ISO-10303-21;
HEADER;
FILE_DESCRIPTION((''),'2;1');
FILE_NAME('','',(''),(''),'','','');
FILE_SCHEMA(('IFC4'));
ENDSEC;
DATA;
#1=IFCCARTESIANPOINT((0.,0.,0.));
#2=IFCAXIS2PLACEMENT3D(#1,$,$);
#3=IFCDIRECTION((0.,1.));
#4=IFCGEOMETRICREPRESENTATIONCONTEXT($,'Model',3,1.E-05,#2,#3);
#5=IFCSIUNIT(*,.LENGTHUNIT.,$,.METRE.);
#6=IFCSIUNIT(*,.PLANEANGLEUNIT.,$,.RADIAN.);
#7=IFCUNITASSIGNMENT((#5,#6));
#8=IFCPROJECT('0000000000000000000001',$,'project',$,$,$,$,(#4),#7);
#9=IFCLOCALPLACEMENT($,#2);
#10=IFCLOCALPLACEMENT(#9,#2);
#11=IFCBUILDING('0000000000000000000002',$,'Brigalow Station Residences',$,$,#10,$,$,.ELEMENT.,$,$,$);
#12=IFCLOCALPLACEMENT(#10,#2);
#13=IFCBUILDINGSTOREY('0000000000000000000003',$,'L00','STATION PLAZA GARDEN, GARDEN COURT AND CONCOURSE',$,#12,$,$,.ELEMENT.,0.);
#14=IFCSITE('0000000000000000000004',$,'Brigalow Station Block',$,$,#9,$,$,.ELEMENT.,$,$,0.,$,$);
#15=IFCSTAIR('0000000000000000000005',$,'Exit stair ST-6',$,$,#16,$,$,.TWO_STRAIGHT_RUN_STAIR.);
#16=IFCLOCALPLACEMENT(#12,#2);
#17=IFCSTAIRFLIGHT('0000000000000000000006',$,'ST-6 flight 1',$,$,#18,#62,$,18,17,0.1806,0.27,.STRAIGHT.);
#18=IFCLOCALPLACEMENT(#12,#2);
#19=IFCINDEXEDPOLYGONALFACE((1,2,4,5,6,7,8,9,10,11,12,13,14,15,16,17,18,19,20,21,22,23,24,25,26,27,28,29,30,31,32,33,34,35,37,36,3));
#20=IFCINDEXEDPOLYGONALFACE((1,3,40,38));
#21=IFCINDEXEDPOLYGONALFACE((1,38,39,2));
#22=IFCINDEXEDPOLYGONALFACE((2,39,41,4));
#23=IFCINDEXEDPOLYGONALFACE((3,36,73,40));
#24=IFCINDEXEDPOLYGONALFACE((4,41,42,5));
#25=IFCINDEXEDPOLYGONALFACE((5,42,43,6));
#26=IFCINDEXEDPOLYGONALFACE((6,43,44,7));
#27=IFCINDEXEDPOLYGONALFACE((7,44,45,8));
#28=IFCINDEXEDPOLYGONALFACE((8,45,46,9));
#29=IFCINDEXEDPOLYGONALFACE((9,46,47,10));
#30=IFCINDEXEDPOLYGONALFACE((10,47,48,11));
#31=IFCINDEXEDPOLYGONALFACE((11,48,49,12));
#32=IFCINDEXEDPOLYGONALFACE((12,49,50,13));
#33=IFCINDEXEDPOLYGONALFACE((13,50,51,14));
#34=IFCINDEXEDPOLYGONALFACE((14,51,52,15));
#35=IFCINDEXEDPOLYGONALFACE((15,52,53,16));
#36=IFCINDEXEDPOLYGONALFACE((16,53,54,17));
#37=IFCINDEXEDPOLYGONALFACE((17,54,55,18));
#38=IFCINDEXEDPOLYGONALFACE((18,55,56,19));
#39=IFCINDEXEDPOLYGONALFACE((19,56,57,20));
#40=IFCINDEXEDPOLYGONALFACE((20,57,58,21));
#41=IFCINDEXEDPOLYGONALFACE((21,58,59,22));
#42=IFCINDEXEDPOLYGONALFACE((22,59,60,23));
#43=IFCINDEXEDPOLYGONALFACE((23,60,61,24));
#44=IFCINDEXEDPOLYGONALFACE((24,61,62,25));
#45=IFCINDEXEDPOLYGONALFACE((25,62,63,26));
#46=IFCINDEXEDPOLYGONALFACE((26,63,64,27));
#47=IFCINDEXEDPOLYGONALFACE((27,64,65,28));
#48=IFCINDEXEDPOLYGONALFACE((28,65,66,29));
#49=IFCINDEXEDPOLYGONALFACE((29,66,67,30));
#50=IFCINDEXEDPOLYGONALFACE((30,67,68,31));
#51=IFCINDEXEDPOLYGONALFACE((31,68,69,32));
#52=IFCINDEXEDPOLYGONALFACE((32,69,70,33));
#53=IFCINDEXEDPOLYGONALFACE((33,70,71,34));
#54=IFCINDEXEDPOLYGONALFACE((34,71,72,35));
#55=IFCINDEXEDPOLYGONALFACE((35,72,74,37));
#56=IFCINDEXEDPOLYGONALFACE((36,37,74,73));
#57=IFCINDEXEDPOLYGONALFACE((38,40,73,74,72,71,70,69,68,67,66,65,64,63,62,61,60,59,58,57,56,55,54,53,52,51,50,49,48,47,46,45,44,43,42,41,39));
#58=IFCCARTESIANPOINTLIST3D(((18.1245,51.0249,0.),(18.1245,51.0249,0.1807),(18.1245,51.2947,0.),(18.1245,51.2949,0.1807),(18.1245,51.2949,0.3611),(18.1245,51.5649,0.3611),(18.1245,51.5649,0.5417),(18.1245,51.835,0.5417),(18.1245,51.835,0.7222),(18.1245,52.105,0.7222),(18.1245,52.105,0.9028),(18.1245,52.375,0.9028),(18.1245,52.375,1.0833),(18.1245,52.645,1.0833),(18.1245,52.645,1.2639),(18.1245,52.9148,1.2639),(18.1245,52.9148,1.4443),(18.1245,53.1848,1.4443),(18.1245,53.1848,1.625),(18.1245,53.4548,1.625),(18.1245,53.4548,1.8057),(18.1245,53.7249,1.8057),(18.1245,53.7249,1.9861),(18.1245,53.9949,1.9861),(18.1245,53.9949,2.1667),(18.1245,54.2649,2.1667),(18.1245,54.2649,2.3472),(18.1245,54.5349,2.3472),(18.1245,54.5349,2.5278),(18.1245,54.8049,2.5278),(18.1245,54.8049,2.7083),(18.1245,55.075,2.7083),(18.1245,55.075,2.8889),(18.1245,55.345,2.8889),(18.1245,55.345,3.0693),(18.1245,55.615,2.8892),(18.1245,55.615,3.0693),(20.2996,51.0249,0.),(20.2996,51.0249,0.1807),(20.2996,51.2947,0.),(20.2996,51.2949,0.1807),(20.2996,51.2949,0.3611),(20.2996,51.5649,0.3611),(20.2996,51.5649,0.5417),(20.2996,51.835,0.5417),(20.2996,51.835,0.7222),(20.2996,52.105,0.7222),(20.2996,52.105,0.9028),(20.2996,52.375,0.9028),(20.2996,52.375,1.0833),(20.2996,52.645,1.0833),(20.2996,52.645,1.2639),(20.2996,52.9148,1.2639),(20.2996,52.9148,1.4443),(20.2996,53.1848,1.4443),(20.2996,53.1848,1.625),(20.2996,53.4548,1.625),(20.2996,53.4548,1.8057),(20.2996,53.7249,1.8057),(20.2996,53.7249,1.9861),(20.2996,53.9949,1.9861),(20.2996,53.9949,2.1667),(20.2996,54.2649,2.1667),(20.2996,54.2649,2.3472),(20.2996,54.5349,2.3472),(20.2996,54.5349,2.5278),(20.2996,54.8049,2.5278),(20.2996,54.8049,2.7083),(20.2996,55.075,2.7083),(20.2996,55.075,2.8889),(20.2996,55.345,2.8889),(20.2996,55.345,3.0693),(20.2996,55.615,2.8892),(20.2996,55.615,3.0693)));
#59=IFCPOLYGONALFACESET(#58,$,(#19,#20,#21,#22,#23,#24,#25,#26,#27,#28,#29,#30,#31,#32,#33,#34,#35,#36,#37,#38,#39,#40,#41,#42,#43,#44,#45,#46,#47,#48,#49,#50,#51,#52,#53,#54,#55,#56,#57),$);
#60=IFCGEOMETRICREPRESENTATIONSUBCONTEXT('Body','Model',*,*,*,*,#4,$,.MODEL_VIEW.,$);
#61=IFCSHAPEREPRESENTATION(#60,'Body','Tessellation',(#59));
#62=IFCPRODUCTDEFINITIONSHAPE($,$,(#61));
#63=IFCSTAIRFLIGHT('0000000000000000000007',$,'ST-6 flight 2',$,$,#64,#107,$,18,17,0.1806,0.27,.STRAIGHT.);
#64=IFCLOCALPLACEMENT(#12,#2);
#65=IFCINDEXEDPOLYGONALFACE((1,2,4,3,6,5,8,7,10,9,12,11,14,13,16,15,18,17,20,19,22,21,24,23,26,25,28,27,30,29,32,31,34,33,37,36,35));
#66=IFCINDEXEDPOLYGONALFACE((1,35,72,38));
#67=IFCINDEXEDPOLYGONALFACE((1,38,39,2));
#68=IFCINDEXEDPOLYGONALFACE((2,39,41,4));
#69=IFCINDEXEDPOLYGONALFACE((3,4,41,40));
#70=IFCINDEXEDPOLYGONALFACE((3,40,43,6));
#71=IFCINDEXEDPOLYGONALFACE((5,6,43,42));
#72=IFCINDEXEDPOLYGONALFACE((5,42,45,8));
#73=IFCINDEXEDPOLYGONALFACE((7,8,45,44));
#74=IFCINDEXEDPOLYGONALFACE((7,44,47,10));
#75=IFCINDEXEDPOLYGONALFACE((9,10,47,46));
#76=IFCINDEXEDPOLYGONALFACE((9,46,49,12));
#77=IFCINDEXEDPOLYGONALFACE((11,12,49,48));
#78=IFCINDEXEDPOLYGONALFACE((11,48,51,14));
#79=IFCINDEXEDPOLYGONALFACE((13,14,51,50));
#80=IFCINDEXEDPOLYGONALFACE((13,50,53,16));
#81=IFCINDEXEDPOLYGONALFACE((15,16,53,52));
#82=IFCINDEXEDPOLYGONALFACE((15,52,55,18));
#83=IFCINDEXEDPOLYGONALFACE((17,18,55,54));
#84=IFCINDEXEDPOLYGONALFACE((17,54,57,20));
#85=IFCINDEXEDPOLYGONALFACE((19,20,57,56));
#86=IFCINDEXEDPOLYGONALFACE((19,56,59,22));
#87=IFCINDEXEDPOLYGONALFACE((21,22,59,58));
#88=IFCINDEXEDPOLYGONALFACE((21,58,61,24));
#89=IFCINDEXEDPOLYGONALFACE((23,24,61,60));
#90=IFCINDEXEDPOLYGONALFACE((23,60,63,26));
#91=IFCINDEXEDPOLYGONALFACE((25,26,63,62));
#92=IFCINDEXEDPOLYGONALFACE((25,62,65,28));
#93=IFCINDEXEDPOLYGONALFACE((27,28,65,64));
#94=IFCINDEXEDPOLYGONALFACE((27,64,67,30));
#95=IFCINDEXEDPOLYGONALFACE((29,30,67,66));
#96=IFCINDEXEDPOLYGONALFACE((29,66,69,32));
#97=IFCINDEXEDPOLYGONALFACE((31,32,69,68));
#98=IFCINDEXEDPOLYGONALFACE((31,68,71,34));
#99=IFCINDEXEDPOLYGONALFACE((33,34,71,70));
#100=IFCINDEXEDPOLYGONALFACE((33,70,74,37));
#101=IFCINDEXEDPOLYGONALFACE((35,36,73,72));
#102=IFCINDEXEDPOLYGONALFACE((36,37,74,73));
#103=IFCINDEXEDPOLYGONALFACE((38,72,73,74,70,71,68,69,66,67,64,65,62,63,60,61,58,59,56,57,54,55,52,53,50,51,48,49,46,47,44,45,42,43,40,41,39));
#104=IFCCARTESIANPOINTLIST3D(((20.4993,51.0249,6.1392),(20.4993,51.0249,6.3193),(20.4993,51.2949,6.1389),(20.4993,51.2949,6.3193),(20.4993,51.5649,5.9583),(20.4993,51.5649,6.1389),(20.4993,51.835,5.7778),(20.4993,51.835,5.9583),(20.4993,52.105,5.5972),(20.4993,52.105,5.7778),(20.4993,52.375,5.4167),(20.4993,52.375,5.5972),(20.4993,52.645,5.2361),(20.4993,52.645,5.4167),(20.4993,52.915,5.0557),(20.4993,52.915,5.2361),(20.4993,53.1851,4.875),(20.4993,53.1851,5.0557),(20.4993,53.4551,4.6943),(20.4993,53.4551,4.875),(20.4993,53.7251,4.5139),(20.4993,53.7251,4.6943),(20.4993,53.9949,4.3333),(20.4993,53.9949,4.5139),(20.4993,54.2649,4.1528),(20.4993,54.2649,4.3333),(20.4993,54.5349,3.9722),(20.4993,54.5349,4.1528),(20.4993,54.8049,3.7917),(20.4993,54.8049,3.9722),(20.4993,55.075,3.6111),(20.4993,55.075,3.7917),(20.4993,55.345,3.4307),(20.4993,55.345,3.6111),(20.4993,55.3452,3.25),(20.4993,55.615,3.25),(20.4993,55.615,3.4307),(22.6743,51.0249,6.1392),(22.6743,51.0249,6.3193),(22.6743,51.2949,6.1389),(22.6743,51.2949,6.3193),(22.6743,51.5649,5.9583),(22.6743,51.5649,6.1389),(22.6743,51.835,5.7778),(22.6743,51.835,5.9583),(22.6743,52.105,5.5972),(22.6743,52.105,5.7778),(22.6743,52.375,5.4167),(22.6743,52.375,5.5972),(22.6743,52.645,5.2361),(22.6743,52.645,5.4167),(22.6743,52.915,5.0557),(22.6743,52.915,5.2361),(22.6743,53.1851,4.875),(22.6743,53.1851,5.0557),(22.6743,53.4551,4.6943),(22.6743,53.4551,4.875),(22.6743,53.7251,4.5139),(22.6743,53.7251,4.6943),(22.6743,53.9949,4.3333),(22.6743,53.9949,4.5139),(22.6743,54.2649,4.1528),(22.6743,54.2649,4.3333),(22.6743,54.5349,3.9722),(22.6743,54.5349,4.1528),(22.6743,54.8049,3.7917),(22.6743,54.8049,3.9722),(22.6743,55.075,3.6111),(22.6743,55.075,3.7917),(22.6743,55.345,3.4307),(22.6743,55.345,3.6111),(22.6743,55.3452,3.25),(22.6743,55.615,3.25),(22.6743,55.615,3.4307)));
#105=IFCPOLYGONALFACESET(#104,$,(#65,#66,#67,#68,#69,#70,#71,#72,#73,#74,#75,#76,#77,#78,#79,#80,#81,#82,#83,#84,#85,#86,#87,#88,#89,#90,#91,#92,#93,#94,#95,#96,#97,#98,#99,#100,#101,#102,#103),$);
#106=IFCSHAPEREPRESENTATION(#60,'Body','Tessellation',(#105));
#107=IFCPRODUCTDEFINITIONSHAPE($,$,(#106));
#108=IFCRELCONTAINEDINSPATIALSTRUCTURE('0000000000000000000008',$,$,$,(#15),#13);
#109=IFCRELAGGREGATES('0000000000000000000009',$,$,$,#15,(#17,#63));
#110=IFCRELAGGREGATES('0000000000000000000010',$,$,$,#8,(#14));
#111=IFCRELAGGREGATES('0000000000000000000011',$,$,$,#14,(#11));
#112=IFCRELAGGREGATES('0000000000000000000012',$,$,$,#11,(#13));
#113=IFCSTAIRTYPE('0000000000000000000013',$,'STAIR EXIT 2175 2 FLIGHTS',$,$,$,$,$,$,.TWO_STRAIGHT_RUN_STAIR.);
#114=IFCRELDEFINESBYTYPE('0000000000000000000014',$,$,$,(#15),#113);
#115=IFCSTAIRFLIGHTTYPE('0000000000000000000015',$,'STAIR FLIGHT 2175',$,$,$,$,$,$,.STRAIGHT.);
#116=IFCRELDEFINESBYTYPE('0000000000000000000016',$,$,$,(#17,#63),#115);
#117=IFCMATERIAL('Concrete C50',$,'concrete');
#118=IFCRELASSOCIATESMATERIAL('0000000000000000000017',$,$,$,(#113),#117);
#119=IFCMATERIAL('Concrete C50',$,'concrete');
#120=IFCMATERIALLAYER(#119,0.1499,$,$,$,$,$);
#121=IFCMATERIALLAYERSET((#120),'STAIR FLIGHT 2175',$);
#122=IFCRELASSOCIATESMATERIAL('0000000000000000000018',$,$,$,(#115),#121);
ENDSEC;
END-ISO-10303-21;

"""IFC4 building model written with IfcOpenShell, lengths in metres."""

from ifc_helpers import new_model, si_unit, direction, frame, origin, place, context, subcontext, project, spatial, polyline, outline, extrude, material, layer, layer_set, type_object, element, aggregate, save


model = new_model("IFC4")

# Units and contexts
model_context = context("Model", 3, precision=1e-05, world=origin(), true_north=direction((0.0, 1.0)))
body_context = subcontext(model_context, "Body", "Model", "MODEL_VIEW")
ifc_project = project(units=[si_unit("LENGTHUNIT", "METRE"), si_unit("PLANEANGLEUNIT", "RADIAN")], contexts=[model_context])

# Site, building, storey
site_placement = place(None, origin())
site = spatial("IfcSite", under=ifc_project, at=site_placement, Name="Brigalow Station Block", CompositionType="ELEMENT", RefElevation=0.0)
building_placement = place(site_placement, origin())
building = spatial("IfcBuilding", under=site, at=building_placement, Name="Brigalow Station Residences", CompositionType="ELEMENT")
storey_placement = place(building_placement, origin())
storey = spatial("IfcBuildingStorey", under=building, at=storey_placement, Name="L00", Description="STATION PLAZA GARDEN, GARDEN COURT AND CONCOURSE", CompositionType="ELEMENT", Elevation=0.0)

# Stair, stair flights
ifc_material_1 = material(Name="Concrete C50", Category="concrete")
stair_type = type_object("IfcStairType", Name="STAIR EXIT 2175 2 FLIGHTS", PredefinedType="TWO_STRAIGHT_RUN_STAIR", material=ifc_material_1)
stair_placement = place(storey_placement, origin())
stair = element("IfcStair", 1, at=stair_placement, inside=storey, type_object=stair_type, Name="Exit stair ST-6", PredefinedType="TWO_STRAIGHT_RUN_STAIR")
ifc_material_2 = material(Name="Concrete C50", Category="concrete")
ifc_layer_1 = layer(ifc_material_2, 0.1499)
ifc_layer_set_1 = layer_set([ifc_layer_1], Name="STAIR FLIGHT 2175")
stair_flight_type = type_object("IfcStairFlightType", Name="STAIR FLIGHT 2175", PredefinedType="STRAIGHT", material=ifc_layer_set_1)
stair_flight_1_placement = place(storey_placement, frame((19.2119, 51.0249, 0.0), z_axis=(0.0, 0.0, 1.0), x_axis=(0.0, 1.0, 0.0)))
stair_flight_1 = element("IfcStairFlight", 2, at=stair_flight_1_placement, type_object=stair_flight_type, Name="ST-6 flight 1", NumberOfRisers=18, NumberOfTreads=17, PredefinedType="STRAIGHT", RiserHeight=0.1806, TreadLength=0.27, context=body_context, shape_type="SweptSolid", body=[
    extrude(outline(polyline([(0.0, 0.0), (0.0, 0.1807), (0.27, 0.1807), (0.27, 0.3611), (0.54, 0.3611), (0.54, 0.5417), (0.8101, 0.5417), (0.8101, 0.7222), (1.0801, 0.7222), (1.0801, 0.9028), (1.3501, 0.9028), (1.3501, 1.0833), (1.6201, 1.0833), (1.6201, 1.2639), (1.8899, 1.2639), (1.8899, 1.4443), (2.1599, 1.4443), (2.1599, 1.625), (2.4299, 1.625), (2.4299, 1.8057), (2.7, 1.8057), (2.7, 1.9861), (2.97, 1.9861), (2.97, 2.1667), (3.24, 2.1667), (3.24, 2.3472), (3.51, 2.3472), (3.51, 2.5278), (3.78, 2.5278), (3.78, 2.7083), (4.05, 2.7083), (4.05, 2.8889), (4.3201, 2.8889), (4.3201, 3.0693), (4.5901, 3.0693), (4.5901, 3.25), (4.5901, 2.8892), (0.2698, 0.0), (0.0, 0.0)])), frame((0.0, 1.0874, 0.0), z_axis=(0.0, -1.0, 0.0), x_axis=(1.0, 0.0, 0.0)), (0.0, 0.0, 1.0), 2.175),
])
stair_flight_2_placement = place(storey_placement, frame((21.5869, 55.615, 3.25), z_axis=(0.0, 0.0, 1.0), x_axis=(0.0, -1.0, 0.0)))
stair_flight_2 = element("IfcStairFlight", 3, at=stair_flight_2_placement, type_object=stair_flight_type, Name="ST-6 flight 2", NumberOfRisers=18, NumberOfTreads=17, PredefinedType="STRAIGHT", RiserHeight=0.1806, TreadLength=0.27, context=body_context, shape_type="SweptSolid", body=[
    extrude(outline(polyline([(0.0, 0.0), (0.0, 0.1807), (0.27, 0.1807), (0.27, 0.3611), (0.54, 0.3611), (0.54, 0.5417), (0.8101, 0.5417), (0.8101, 0.7222), (1.0801, 0.7222), (1.0801, 0.9028), (1.3501, 0.9028), (1.3501, 1.0833), (1.6201, 1.0833), (1.6201, 1.2639), (1.8899, 1.2639), (1.8899, 1.4443), (2.1599, 1.4443), (2.1599, 1.625), (2.4299, 1.625), (2.4299, 1.8057), (2.7, 1.8057), (2.7, 1.9861), (2.97, 1.9861), (2.97, 2.1667), (3.24, 2.1667), (3.24, 2.3472), (3.51, 2.3472), (3.51, 2.5278), (3.78, 2.5278), (3.78, 2.7083), (4.05, 2.7083), (4.05, 2.8889), (4.3201, 2.8889), (4.3201, 3.0693), (4.5901, 3.0693), (4.5901, 3.25), (4.5901, 2.8892), (0.2698, 0.0), (0.0, 0.0)])), frame((0.0, 1.0874, 0.0), z_axis=(0.0, -1.0, 0.0), x_axis=(1.0, 0.0, 0.0)), (0.0, 0.0, 1.0), 2.175),
])
aggregate(stair, [stair_flight_1, stair_flight_2])

save(model, "model.ifc")
